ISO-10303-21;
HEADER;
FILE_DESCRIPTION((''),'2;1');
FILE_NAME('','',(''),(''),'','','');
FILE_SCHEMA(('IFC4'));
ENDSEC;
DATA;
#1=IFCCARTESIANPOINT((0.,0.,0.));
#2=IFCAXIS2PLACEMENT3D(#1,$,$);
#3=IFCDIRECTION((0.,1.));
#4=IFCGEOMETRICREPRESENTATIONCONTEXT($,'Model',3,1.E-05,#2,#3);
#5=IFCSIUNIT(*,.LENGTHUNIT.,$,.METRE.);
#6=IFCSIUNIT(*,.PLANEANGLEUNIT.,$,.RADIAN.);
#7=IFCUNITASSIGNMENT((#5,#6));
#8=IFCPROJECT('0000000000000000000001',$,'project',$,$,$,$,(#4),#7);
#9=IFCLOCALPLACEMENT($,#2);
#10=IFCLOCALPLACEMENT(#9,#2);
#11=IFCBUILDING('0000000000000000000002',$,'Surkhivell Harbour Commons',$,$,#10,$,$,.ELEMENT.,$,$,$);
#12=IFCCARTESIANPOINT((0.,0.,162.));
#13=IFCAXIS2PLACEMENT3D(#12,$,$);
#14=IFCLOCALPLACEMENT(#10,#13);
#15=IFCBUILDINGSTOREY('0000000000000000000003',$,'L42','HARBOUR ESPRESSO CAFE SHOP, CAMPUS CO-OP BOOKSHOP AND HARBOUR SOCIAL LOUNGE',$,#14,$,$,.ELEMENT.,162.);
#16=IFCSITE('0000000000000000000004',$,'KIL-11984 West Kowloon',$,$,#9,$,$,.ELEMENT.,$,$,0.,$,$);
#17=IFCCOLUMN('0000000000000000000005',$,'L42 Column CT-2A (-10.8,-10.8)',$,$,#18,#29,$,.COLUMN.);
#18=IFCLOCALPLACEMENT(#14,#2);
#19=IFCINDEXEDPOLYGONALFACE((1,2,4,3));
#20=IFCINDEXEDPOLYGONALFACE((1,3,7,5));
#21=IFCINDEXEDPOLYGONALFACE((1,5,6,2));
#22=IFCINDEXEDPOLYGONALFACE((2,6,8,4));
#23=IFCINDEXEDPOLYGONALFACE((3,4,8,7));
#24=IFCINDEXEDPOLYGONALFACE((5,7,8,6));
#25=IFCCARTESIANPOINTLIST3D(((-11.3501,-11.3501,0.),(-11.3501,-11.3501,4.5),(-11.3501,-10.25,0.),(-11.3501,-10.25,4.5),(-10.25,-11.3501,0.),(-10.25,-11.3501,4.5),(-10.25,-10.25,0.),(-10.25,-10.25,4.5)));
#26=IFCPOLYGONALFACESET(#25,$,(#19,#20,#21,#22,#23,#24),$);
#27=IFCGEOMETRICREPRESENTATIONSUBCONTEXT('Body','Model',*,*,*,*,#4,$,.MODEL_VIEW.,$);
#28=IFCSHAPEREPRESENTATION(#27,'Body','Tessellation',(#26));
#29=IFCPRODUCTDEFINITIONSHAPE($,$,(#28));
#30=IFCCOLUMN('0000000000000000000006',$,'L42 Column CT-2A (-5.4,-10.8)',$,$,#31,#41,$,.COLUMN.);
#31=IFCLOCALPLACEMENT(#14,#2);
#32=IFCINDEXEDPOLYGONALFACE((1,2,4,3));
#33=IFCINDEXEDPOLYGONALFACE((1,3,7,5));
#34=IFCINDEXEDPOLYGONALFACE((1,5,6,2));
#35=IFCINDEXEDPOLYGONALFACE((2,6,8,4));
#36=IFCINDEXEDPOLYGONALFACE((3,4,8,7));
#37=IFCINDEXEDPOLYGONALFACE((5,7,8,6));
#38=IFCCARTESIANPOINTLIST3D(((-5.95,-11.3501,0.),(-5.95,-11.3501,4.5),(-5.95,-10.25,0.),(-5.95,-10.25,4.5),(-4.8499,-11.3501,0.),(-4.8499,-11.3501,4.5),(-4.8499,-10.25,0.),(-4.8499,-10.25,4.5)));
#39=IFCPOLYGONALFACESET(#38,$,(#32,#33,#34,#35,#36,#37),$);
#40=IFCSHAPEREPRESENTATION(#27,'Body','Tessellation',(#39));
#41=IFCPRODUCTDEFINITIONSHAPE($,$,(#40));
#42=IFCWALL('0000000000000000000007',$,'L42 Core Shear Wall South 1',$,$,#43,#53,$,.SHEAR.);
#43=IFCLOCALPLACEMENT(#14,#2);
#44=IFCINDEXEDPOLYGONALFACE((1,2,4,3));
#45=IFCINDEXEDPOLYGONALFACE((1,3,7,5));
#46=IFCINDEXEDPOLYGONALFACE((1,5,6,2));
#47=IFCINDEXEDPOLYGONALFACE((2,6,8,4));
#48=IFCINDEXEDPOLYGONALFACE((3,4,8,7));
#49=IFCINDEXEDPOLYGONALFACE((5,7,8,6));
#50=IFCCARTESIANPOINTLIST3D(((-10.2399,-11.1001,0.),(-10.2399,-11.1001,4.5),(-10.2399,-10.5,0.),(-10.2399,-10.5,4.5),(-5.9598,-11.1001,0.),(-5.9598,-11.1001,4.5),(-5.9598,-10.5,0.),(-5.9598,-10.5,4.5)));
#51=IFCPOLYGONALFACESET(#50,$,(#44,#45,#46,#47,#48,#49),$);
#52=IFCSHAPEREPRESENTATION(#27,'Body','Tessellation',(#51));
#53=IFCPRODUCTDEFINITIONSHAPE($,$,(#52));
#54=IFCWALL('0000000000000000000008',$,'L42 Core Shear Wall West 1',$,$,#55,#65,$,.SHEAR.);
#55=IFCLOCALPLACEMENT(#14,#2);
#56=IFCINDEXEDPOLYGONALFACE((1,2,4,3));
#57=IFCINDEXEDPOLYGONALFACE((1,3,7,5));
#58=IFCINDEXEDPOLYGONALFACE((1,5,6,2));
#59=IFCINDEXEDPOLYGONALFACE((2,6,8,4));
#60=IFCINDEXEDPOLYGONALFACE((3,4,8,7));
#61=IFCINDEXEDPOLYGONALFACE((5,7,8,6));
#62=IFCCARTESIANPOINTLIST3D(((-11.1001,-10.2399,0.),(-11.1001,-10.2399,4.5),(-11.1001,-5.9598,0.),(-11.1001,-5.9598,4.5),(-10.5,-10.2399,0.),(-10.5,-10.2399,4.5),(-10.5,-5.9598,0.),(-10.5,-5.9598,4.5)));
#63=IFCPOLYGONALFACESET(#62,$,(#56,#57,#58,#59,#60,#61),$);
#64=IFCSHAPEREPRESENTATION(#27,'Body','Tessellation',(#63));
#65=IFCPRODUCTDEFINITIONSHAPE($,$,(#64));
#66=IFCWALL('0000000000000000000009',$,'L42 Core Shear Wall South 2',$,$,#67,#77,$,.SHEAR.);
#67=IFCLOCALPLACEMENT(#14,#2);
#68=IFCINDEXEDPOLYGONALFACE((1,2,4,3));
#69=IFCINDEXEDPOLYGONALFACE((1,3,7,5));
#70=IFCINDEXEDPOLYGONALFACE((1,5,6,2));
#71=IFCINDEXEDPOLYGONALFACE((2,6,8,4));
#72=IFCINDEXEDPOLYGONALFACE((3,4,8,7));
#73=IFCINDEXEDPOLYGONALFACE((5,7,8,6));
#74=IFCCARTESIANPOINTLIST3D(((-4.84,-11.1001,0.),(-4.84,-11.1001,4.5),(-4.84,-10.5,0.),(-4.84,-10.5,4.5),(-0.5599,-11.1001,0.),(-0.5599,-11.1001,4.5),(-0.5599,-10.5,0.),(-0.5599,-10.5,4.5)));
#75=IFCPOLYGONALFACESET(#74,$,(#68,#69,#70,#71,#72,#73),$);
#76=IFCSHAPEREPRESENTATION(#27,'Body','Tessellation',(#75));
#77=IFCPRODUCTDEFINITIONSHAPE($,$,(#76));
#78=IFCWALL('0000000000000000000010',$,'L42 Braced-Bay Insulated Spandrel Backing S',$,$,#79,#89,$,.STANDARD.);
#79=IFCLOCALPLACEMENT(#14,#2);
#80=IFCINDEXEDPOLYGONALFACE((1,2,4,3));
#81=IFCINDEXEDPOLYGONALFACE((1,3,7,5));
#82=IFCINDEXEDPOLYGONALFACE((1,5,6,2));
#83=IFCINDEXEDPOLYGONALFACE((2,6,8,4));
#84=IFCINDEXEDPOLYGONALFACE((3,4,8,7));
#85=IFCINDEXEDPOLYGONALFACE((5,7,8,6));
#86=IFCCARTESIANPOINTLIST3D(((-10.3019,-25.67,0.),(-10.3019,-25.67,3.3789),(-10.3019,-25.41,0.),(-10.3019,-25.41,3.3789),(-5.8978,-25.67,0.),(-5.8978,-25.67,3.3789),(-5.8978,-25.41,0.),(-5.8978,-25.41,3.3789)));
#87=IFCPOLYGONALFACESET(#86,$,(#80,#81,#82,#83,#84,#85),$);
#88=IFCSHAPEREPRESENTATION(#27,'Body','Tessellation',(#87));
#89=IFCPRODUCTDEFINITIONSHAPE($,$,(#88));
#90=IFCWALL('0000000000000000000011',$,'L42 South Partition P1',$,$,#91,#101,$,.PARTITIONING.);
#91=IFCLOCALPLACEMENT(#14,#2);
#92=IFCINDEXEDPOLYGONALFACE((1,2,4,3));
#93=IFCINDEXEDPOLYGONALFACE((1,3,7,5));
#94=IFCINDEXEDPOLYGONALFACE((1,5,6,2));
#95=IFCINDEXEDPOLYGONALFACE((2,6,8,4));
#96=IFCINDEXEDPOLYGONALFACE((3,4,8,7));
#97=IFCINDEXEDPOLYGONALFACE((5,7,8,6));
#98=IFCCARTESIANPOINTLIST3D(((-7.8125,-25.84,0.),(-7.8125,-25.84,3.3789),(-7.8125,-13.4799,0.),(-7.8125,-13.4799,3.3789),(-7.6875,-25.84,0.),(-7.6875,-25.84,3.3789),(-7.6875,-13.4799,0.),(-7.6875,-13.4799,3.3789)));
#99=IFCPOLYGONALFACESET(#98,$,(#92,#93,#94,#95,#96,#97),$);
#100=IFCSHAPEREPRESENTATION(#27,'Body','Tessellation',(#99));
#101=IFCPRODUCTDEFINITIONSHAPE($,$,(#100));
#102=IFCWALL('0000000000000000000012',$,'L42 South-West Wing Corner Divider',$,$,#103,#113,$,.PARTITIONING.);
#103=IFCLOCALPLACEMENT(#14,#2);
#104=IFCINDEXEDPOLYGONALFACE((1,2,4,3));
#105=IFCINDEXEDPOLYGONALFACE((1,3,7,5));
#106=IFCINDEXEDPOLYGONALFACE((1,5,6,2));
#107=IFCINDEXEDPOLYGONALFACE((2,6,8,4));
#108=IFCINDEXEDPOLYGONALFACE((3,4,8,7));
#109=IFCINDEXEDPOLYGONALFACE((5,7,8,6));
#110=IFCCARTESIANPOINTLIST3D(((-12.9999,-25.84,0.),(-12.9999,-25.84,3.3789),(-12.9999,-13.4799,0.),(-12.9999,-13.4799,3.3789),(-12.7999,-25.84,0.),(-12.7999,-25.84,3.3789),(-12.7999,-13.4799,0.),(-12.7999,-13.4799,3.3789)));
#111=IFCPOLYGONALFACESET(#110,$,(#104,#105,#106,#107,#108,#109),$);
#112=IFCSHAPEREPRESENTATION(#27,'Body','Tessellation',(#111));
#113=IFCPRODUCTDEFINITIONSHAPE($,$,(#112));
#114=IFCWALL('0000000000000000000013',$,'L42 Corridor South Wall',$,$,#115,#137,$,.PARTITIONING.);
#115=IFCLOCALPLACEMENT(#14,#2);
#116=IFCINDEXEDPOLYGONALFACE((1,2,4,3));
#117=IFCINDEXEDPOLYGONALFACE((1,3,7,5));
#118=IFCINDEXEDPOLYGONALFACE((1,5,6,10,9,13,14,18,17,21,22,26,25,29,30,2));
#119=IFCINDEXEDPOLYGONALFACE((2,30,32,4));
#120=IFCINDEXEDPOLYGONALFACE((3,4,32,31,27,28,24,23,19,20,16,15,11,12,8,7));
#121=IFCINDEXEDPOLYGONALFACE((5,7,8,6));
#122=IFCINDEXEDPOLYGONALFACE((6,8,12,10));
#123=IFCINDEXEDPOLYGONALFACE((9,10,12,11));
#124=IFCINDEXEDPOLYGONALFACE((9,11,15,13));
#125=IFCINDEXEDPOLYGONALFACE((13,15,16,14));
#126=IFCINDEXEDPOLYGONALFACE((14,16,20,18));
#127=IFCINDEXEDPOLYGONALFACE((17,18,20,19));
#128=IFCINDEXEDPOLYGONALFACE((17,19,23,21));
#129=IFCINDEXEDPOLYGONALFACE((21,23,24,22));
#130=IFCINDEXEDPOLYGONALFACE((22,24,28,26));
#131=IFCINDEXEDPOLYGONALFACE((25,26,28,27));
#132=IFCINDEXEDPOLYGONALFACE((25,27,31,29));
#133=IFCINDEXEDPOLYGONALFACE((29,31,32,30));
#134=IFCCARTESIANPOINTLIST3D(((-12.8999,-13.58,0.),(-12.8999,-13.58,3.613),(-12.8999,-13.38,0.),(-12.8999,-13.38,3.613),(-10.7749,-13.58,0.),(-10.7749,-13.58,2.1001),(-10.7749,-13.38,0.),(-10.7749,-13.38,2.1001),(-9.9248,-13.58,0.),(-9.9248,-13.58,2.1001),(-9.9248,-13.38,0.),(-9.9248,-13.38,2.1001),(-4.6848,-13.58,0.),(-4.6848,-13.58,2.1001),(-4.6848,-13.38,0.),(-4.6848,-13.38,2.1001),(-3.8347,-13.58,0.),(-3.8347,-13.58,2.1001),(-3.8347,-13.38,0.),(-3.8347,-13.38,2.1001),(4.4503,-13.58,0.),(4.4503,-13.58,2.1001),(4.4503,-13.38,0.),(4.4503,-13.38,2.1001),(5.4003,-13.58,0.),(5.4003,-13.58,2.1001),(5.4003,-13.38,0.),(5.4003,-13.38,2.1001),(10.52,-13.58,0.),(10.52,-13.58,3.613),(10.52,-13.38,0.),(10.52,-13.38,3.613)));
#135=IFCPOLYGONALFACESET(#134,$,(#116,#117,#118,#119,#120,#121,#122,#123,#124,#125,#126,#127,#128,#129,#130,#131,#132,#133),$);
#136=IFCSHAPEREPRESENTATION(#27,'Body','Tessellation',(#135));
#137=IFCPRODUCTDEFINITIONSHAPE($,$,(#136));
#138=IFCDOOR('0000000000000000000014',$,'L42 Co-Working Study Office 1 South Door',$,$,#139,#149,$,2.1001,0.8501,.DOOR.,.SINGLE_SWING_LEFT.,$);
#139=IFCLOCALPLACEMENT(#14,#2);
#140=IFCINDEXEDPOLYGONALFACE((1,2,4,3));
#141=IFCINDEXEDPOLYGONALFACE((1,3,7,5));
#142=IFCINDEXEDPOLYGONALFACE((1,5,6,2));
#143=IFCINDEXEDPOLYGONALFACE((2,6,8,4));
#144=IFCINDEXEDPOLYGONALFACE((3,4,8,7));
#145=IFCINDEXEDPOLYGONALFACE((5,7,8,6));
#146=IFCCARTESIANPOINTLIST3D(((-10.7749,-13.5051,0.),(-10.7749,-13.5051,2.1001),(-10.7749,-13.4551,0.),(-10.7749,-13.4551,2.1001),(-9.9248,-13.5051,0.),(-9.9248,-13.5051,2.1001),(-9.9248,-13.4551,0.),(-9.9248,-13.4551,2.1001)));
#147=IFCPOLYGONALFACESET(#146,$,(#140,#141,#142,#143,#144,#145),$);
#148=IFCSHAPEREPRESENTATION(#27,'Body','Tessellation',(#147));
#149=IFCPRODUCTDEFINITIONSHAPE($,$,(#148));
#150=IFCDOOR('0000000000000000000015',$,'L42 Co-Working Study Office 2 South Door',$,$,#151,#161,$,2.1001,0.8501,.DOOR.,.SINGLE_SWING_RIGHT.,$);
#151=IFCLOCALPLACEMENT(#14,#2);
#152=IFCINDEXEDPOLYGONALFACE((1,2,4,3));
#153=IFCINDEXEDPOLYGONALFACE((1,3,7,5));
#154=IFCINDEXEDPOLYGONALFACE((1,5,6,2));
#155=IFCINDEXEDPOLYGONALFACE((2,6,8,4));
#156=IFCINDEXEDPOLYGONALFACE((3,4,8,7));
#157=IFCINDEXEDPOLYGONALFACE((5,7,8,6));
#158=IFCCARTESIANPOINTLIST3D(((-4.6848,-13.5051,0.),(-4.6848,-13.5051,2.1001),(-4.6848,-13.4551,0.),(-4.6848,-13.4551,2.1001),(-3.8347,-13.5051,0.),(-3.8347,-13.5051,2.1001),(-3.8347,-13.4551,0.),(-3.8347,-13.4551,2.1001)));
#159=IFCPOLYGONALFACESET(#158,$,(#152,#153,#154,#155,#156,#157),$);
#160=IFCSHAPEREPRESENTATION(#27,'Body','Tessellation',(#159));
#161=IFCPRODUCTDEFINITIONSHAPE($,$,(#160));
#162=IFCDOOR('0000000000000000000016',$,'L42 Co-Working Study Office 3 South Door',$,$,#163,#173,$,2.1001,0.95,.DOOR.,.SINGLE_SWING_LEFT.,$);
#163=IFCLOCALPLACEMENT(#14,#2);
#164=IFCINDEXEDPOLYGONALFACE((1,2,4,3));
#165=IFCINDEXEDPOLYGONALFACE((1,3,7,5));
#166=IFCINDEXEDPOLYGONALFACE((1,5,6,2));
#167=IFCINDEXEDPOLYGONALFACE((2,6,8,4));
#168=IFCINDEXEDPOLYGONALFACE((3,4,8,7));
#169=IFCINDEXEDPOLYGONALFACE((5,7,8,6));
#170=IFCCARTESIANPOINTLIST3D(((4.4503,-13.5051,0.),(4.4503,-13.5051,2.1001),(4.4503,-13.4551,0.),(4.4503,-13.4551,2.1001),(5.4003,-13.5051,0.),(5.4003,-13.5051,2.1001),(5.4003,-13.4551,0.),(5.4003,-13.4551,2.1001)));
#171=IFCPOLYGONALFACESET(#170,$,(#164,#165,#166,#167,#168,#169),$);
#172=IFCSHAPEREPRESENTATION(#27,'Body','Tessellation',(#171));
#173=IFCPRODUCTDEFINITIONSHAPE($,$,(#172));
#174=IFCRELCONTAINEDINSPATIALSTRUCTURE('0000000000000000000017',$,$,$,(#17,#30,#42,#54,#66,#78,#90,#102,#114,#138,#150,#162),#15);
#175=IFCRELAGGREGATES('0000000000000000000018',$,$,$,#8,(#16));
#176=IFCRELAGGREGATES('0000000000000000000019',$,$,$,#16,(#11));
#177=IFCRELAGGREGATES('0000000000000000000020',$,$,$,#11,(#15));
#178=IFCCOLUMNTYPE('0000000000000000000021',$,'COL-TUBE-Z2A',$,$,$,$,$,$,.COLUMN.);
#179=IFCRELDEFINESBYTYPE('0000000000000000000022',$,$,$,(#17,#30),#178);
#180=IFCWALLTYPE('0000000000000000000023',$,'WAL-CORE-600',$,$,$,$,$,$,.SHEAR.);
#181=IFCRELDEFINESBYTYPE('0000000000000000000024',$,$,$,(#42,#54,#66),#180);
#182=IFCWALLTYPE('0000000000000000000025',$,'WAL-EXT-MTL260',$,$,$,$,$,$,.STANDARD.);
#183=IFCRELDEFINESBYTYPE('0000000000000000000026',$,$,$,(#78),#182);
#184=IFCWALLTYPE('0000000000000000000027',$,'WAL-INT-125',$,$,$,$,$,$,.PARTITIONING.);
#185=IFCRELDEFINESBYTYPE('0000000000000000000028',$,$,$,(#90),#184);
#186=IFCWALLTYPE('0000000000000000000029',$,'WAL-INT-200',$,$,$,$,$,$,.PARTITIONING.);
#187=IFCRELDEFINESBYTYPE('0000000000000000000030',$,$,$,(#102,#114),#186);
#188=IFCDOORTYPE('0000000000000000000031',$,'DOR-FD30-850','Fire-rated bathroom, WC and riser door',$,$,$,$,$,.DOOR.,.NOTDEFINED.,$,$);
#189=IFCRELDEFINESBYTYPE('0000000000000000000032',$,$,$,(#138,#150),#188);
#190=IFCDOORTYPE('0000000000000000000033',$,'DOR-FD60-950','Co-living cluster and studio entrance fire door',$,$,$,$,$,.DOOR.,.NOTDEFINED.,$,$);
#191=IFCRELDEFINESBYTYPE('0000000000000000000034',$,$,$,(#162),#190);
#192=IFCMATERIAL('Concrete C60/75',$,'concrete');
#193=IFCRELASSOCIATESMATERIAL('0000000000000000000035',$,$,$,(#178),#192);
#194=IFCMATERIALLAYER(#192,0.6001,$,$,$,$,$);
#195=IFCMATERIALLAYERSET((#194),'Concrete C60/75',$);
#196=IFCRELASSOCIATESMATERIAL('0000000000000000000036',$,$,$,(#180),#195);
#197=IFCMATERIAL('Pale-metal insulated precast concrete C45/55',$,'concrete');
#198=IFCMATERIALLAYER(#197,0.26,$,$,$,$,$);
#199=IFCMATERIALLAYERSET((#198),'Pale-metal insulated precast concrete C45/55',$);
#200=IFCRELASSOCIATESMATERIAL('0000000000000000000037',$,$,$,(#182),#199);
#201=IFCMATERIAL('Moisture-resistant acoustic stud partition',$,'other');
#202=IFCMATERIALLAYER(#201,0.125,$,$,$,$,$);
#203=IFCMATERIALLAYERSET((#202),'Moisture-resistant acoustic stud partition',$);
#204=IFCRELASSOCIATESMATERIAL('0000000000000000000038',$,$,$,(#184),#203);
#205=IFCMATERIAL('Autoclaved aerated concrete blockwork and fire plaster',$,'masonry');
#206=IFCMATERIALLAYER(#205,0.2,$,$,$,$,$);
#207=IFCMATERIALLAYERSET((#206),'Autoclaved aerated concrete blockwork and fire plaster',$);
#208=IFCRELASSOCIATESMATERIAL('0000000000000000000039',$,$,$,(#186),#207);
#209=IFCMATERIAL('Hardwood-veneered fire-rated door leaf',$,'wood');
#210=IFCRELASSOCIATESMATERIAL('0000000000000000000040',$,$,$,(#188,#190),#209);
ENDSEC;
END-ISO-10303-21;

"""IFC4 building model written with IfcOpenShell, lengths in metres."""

from ifc_helpers import new_model, si_unit, direction, frame, frame_2d, origin, origin_2d, place, context, subcontext, project, spatial, rectangle, extrude, material, layer, layer_set, material_profile, profile_set, type_object, element, fill, save


model = new_model("IFC4")

# Units and contexts
model_context = context("Model", 3, precision=1e-05, world=origin(), true_north=direction((0.0, 1.0)))
body_context = subcontext(model_context, "Body", "Model", "MODEL_VIEW")
ifc_project = project(units=[si_unit("LENGTHUNIT", "METRE"), si_unit("PLANEANGLEUNIT", "RADIAN")], contexts=[model_context])

# Site, building, storey
site_placement = place(None, origin())
site = spatial("IfcSite", under=ifc_project, at=site_placement, Name="KIL-11984 West Kowloon", CompositionType="ELEMENT", RefElevation=0.0)
building_placement = place(site_placement, origin())
building = spatial("IfcBuilding", under=site, at=building_placement, Name="Surkhivell Harbour Commons", CompositionType="ELEMENT")
storey_placement = place(building_placement, frame((0.0, 0.0, 162.0)))
storey = spatial("IfcBuildingStorey", under=building, at=storey_placement, Name="L42", Description="HARBOUR ESPRESSO CAFE SHOP, CAMPUS CO-OP BOOKSHOP AND HARBOUR SOCIAL LOUNGE", CompositionType="ELEMENT", Elevation=162.0)

# Columns
ifc_material_1 = material(Name="Concrete C60/75", Category="concrete")
ifc_material_profile = material_profile(ifc_material_1, rectangle(XDim=1.1001, YDim=1.1001, at=origin_2d()), Name="RC-COL-1100x1100")
ifc_profile_set = profile_set([ifc_material_profile], Name="Concrete C60/75")
column_type = type_object("IfcColumnType", Name="COL-TUBE-Z2A", PredefinedType="COLUMN", material=ifc_profile_set)
for number, where, z_axis, x_axis, name in (
    (1, (-10.8, -10.8, 0.0), (0.0, 0.0, 1.0), (1.0, 0.0, 0.0), "L42 Column CT-2A (-10.8,-10.8)"),
    (2, (-5.3999, -10.8, 0.0), (0.0, 0.0, 1.0), (1.0, 0.0, 0.0), "L42 Column CT-2A (-5.4,-10.8)"),
):
    element("IfcColumn", number, at=place(storey_placement, frame(where, z_axis=z_axis, x_axis=x_axis)), inside=storey, type_object=column_type, Name=name, PredefinedType="COLUMN", context=body_context, shape_type="SweptSolid", body=[
        extrude(rectangle(XDim=1.1001, YDim=1.1001, at=origin_2d()), origin(), (0.0, 0.0, 1.0), 4.5),
    ])

# Walls
ifc_layer_1 = layer(ifc_material_1, 0.6001)
ifc_layer_set_1 = layer_set([ifc_layer_1], Name="Concrete C60/75")
wall_type_1 = type_object("IfcWallType", Name="WAL-CORE-600", PredefinedType="SHEAR", material=ifc_layer_set_1)
for number, where, z_axis, x_axis, name in (
    (3, (-10.24, -10.8, 0.0), (0.0, 0.0, 1.0), (1.0, 0.0, 0.0), "L42 Core Shear Wall South 1"),
    (4, (-10.8, -10.24, 0.0), (0.0, 0.0, 1.0), (0.0, 1.0, 0.0), "L42 Core Shear Wall West 1"),
    (5, (-4.8401, -10.8, 0.0), (0.0, 0.0, 1.0), (1.0, 0.0, 0.0), "L42 Core Shear Wall South 2"),
):
    element("IfcWall", number, at=place(storey_placement, frame(where, z_axis=z_axis, x_axis=x_axis)), inside=storey, type_object=wall_type_1, Name=name, PredefinedType="SHEAR", context=body_context, shape_type="SweptSolid", body=[
        extrude(rectangle(XDim=4.28, YDim=0.6001, at=frame_2d((2.1401, 0.0))), origin(), (0.0, 0.0, 1.0), 4.5),
    ])
ifc_material_2 = material(Name="Pale-metal insulated precast concrete C45/55", Category="concrete")
ifc_layer_2 = layer(ifc_material_2, 0.26)
ifc_layer_set_2 = layer_set([ifc_layer_2], Name="Pale-metal insulated precast concrete C45/55")
wall_type_2 = type_object("IfcWallType", Name="WAL-EXT-MTL260", PredefinedType="STANDARD", material=ifc_layer_set_2)
wall_1_placement = place(storey_placement, frame((-10.302, -25.54, 0.0), z_axis=(0.0, 0.0, 1.0), x_axis=(1.0, 0.0, 0.0)))
element("IfcWall", 6, at=wall_1_placement, inside=storey, type_object=wall_type_2, Name="L42 Braced-Bay Insulated Spandrel Backing S", PredefinedType="STANDARD", context=body_context, shape_type="SweptSolid", body=[
    extrude(rectangle(XDim=4.4041, YDim=0.26, at=frame_2d((2.2021, 0.0))), origin(), (0.0, 0.0, 1.0), 3.3789),
])
ifc_material_3 = material(Name="Moisture-resistant acoustic stud partition", Category="other")
ifc_layer_3 = layer(ifc_material_3, 0.125)
ifc_layer_set_3 = layer_set([ifc_layer_3], Name="Moisture-resistant acoustic stud partition")
wall_type_3 = type_object("IfcWallType", Name="WAL-INT-125", PredefinedType="PARTITIONING", material=ifc_layer_set_3)
wall_2_placement = place(storey_placement, frame((-7.75, -25.8401, 0.0), z_axis=(0.0, 0.0, 1.0), x_axis=(0.0, 1.0, 0.0)))
element("IfcWall", 7, at=wall_2_placement, inside=storey, type_object=wall_type_3, Name="L42 South Partition P1", PredefinedType="PARTITIONING", context=body_context, shape_type="SweptSolid", body=[
    extrude(rectangle(XDim=12.3601, YDim=0.125, at=frame_2d((6.1802, 0.0))), origin(), (0.0, 0.0, 1.0), 3.3789),
])
ifc_material_4 = material(Name="Autoclaved aerated concrete blockwork and fire plaster", Category="masonry")
ifc_layer_4 = layer(ifc_material_4, 0.2)
ifc_layer_set_4 = layer_set([ifc_layer_4], Name="Autoclaved aerated concrete blockwork and fire plaster")
wall_type_4 = type_object("IfcWallType", Name="WAL-INT-200", PredefinedType="PARTITIONING", material=ifc_layer_set_4)
wall_3_placement = place(storey_placement, frame((-12.8999, -25.8401, 0.0), z_axis=(0.0, 0.0, 1.0), x_axis=(0.0, 1.0, 0.0)))
element("IfcWall", 8, at=wall_3_placement, inside=storey, type_object=wall_type_4, Name="L42 South-West Wing Corner Divider", PredefinedType="PARTITIONING", context=body_context, shape_type="SweptSolid", body=[
    extrude(rectangle(XDim=12.3601, YDim=0.2, at=frame_2d((6.1802, 0.0))), origin(), (0.0, 0.0, 1.0), 3.3789),
])

# Wall, openings, doors
wall_4_placement = place(storey_placement, frame((-12.8999, -13.48, 0.0), z_axis=(0.0, 0.0, 1.0), x_axis=(1.0, 0.0, 0.0)))
wall_4 = element("IfcWall", 9, at=wall_4_placement, inside=storey, type_object=wall_type_4, Name="L42 Corridor South Wall", PredefinedType="PARTITIONING", context=body_context, shape_type="SweptSolid", body=[
    extrude(rectangle(XDim=23.4199, YDim=0.2, at=frame_2d((11.71, 0.0))), origin(), (0.0, 0.0, 1.0), 3.613),
])
opening_1_placement = place(wall_4_placement, frame((2.125, 0.0, 0.0)))
opening_1 = element("IfcOpeningElement", 10, at=opening_1_placement, cuts=wall_4, PredefinedType="OPENING", context=body_context, shape_type="SweptSolid", body=[
    extrude(rectangle(XDim=0.8501, YDim=2.1001, at=frame_2d((0.425, 1.05))), frame((0.0, 0.1099, 0.0), z_axis=(0.0, -1.0, 0.0), x_axis=(1.0, 0.0, 0.0)), (0.0, 0.0, 1.0), 0.22),
])
opening_2_placement = place(wall_4_placement, frame((8.2151, 0.0, 0.0)))
opening_2 = element("IfcOpeningElement", 11, at=opening_2_placement, cuts=wall_4, PredefinedType="OPENING", context=body_context, shape_type="SweptSolid", body=[
    extrude(rectangle(XDim=0.8501, YDim=2.1001, at=frame_2d((0.425, 1.05))), frame((0.0, 0.1099, 0.0), z_axis=(0.0, -1.0, 0.0), x_axis=(1.0, 0.0, 0.0)), (0.0, 0.0, 1.0), 0.22),
])
opening_3_placement = place(wall_4_placement, frame((17.3501, 0.0, 0.0)))
opening_3 = element("IfcOpeningElement", 12, at=opening_3_placement, cuts=wall_4, PredefinedType="OPENING", context=body_context, shape_type="SweptSolid", body=[
    extrude(rectangle(XDim=0.95, YDim=2.1001, at=frame_2d((0.4751, 1.05))), frame((0.0, 0.1099, 0.0), z_axis=(0.0, -1.0, 0.0), x_axis=(1.0, 0.0, 0.0)), (0.0, 0.0, 1.0), 0.22),
])
ifc_material_5 = material(Name="Hardwood-veneered fire-rated door leaf", Category="wood")
door_type_1 = type_object("IfcDoorType", Name="DOR-FD30-850", Description="Fire-rated bathroom, WC and riser door", OperationType="NOTDEFINED", PredefinedType="DOOR", material=ifc_material_5)
door_1_placement = place(opening_1_placement, origin())
door_1 = element("IfcDoor", 13, at=door_1_placement, inside=storey, type_object=door_type_1, Name="L42 Co-Working Study Office 1 South Door", OperationType="SINGLE_SWING_LEFT", OverallHeight=2.1001, OverallWidth=0.8501, PredefinedType="DOOR", context=body_context, shape_type="SweptSolid", body=[
    extrude(rectangle(XDim=0.8501, YDim=2.1001, at=frame_2d((0.425, 1.05))), frame((0.0, 0.0249, 0.0), z_axis=(0.0, -1.0, 0.0), x_axis=(1.0, 0.0, 0.0)), (0.0, 0.0, 1.0), 0.05),
])
fill(opening_1, door_1)
door_2_placement = place(opening_2_placement, origin())
door_2 = element("IfcDoor", 14, at=door_2_placement, inside=storey, type_object=door_type_1, Name="L42 Co-Working Study Office 2 South Door", OperationType="SINGLE_SWING_RIGHT", OverallHeight=2.1001, OverallWidth=0.8501, PredefinedType="DOOR", context=body_context, shape_type="SweptSolid", body=[
    extrude(rectangle(XDim=0.8501, YDim=2.1001, at=frame_2d((0.425, 1.05))), frame((0.0, 0.0249, 0.0), z_axis=(0.0, -1.0, 0.0), x_axis=(1.0, 0.0, 0.0)), (0.0, 0.0, 1.0), 0.05),
])
fill(opening_2, door_2)
door_type_2 = type_object("IfcDoorType", Name="DOR-FD60-950", Description="Co-living cluster and studio entrance fire door", OperationType="NOTDEFINED", PredefinedType="DOOR", material=ifc_material_5)
door_3_placement = place(opening_3_placement, origin())
door_3 = element("IfcDoor", 15, at=door_3_placement, inside=storey, type_object=door_type_2, Name="L42 Co-Working Study Office 3 South Door", OperationType="SINGLE_SWING_LEFT", OverallHeight=2.1001, OverallWidth=0.95, PredefinedType="DOOR", context=body_context, shape_type="SweptSolid", body=[
    extrude(rectangle(XDim=0.95, YDim=2.1001, at=frame_2d((0.4751, 1.05))), frame((0.0, 0.0249, 0.0), z_axis=(0.0, -1.0, 0.0), x_axis=(1.0, 0.0, 0.0)), (0.0, 0.0, 1.0), 0.05),
])
fill(opening_3, door_3)

save(model, "model.ifc")
